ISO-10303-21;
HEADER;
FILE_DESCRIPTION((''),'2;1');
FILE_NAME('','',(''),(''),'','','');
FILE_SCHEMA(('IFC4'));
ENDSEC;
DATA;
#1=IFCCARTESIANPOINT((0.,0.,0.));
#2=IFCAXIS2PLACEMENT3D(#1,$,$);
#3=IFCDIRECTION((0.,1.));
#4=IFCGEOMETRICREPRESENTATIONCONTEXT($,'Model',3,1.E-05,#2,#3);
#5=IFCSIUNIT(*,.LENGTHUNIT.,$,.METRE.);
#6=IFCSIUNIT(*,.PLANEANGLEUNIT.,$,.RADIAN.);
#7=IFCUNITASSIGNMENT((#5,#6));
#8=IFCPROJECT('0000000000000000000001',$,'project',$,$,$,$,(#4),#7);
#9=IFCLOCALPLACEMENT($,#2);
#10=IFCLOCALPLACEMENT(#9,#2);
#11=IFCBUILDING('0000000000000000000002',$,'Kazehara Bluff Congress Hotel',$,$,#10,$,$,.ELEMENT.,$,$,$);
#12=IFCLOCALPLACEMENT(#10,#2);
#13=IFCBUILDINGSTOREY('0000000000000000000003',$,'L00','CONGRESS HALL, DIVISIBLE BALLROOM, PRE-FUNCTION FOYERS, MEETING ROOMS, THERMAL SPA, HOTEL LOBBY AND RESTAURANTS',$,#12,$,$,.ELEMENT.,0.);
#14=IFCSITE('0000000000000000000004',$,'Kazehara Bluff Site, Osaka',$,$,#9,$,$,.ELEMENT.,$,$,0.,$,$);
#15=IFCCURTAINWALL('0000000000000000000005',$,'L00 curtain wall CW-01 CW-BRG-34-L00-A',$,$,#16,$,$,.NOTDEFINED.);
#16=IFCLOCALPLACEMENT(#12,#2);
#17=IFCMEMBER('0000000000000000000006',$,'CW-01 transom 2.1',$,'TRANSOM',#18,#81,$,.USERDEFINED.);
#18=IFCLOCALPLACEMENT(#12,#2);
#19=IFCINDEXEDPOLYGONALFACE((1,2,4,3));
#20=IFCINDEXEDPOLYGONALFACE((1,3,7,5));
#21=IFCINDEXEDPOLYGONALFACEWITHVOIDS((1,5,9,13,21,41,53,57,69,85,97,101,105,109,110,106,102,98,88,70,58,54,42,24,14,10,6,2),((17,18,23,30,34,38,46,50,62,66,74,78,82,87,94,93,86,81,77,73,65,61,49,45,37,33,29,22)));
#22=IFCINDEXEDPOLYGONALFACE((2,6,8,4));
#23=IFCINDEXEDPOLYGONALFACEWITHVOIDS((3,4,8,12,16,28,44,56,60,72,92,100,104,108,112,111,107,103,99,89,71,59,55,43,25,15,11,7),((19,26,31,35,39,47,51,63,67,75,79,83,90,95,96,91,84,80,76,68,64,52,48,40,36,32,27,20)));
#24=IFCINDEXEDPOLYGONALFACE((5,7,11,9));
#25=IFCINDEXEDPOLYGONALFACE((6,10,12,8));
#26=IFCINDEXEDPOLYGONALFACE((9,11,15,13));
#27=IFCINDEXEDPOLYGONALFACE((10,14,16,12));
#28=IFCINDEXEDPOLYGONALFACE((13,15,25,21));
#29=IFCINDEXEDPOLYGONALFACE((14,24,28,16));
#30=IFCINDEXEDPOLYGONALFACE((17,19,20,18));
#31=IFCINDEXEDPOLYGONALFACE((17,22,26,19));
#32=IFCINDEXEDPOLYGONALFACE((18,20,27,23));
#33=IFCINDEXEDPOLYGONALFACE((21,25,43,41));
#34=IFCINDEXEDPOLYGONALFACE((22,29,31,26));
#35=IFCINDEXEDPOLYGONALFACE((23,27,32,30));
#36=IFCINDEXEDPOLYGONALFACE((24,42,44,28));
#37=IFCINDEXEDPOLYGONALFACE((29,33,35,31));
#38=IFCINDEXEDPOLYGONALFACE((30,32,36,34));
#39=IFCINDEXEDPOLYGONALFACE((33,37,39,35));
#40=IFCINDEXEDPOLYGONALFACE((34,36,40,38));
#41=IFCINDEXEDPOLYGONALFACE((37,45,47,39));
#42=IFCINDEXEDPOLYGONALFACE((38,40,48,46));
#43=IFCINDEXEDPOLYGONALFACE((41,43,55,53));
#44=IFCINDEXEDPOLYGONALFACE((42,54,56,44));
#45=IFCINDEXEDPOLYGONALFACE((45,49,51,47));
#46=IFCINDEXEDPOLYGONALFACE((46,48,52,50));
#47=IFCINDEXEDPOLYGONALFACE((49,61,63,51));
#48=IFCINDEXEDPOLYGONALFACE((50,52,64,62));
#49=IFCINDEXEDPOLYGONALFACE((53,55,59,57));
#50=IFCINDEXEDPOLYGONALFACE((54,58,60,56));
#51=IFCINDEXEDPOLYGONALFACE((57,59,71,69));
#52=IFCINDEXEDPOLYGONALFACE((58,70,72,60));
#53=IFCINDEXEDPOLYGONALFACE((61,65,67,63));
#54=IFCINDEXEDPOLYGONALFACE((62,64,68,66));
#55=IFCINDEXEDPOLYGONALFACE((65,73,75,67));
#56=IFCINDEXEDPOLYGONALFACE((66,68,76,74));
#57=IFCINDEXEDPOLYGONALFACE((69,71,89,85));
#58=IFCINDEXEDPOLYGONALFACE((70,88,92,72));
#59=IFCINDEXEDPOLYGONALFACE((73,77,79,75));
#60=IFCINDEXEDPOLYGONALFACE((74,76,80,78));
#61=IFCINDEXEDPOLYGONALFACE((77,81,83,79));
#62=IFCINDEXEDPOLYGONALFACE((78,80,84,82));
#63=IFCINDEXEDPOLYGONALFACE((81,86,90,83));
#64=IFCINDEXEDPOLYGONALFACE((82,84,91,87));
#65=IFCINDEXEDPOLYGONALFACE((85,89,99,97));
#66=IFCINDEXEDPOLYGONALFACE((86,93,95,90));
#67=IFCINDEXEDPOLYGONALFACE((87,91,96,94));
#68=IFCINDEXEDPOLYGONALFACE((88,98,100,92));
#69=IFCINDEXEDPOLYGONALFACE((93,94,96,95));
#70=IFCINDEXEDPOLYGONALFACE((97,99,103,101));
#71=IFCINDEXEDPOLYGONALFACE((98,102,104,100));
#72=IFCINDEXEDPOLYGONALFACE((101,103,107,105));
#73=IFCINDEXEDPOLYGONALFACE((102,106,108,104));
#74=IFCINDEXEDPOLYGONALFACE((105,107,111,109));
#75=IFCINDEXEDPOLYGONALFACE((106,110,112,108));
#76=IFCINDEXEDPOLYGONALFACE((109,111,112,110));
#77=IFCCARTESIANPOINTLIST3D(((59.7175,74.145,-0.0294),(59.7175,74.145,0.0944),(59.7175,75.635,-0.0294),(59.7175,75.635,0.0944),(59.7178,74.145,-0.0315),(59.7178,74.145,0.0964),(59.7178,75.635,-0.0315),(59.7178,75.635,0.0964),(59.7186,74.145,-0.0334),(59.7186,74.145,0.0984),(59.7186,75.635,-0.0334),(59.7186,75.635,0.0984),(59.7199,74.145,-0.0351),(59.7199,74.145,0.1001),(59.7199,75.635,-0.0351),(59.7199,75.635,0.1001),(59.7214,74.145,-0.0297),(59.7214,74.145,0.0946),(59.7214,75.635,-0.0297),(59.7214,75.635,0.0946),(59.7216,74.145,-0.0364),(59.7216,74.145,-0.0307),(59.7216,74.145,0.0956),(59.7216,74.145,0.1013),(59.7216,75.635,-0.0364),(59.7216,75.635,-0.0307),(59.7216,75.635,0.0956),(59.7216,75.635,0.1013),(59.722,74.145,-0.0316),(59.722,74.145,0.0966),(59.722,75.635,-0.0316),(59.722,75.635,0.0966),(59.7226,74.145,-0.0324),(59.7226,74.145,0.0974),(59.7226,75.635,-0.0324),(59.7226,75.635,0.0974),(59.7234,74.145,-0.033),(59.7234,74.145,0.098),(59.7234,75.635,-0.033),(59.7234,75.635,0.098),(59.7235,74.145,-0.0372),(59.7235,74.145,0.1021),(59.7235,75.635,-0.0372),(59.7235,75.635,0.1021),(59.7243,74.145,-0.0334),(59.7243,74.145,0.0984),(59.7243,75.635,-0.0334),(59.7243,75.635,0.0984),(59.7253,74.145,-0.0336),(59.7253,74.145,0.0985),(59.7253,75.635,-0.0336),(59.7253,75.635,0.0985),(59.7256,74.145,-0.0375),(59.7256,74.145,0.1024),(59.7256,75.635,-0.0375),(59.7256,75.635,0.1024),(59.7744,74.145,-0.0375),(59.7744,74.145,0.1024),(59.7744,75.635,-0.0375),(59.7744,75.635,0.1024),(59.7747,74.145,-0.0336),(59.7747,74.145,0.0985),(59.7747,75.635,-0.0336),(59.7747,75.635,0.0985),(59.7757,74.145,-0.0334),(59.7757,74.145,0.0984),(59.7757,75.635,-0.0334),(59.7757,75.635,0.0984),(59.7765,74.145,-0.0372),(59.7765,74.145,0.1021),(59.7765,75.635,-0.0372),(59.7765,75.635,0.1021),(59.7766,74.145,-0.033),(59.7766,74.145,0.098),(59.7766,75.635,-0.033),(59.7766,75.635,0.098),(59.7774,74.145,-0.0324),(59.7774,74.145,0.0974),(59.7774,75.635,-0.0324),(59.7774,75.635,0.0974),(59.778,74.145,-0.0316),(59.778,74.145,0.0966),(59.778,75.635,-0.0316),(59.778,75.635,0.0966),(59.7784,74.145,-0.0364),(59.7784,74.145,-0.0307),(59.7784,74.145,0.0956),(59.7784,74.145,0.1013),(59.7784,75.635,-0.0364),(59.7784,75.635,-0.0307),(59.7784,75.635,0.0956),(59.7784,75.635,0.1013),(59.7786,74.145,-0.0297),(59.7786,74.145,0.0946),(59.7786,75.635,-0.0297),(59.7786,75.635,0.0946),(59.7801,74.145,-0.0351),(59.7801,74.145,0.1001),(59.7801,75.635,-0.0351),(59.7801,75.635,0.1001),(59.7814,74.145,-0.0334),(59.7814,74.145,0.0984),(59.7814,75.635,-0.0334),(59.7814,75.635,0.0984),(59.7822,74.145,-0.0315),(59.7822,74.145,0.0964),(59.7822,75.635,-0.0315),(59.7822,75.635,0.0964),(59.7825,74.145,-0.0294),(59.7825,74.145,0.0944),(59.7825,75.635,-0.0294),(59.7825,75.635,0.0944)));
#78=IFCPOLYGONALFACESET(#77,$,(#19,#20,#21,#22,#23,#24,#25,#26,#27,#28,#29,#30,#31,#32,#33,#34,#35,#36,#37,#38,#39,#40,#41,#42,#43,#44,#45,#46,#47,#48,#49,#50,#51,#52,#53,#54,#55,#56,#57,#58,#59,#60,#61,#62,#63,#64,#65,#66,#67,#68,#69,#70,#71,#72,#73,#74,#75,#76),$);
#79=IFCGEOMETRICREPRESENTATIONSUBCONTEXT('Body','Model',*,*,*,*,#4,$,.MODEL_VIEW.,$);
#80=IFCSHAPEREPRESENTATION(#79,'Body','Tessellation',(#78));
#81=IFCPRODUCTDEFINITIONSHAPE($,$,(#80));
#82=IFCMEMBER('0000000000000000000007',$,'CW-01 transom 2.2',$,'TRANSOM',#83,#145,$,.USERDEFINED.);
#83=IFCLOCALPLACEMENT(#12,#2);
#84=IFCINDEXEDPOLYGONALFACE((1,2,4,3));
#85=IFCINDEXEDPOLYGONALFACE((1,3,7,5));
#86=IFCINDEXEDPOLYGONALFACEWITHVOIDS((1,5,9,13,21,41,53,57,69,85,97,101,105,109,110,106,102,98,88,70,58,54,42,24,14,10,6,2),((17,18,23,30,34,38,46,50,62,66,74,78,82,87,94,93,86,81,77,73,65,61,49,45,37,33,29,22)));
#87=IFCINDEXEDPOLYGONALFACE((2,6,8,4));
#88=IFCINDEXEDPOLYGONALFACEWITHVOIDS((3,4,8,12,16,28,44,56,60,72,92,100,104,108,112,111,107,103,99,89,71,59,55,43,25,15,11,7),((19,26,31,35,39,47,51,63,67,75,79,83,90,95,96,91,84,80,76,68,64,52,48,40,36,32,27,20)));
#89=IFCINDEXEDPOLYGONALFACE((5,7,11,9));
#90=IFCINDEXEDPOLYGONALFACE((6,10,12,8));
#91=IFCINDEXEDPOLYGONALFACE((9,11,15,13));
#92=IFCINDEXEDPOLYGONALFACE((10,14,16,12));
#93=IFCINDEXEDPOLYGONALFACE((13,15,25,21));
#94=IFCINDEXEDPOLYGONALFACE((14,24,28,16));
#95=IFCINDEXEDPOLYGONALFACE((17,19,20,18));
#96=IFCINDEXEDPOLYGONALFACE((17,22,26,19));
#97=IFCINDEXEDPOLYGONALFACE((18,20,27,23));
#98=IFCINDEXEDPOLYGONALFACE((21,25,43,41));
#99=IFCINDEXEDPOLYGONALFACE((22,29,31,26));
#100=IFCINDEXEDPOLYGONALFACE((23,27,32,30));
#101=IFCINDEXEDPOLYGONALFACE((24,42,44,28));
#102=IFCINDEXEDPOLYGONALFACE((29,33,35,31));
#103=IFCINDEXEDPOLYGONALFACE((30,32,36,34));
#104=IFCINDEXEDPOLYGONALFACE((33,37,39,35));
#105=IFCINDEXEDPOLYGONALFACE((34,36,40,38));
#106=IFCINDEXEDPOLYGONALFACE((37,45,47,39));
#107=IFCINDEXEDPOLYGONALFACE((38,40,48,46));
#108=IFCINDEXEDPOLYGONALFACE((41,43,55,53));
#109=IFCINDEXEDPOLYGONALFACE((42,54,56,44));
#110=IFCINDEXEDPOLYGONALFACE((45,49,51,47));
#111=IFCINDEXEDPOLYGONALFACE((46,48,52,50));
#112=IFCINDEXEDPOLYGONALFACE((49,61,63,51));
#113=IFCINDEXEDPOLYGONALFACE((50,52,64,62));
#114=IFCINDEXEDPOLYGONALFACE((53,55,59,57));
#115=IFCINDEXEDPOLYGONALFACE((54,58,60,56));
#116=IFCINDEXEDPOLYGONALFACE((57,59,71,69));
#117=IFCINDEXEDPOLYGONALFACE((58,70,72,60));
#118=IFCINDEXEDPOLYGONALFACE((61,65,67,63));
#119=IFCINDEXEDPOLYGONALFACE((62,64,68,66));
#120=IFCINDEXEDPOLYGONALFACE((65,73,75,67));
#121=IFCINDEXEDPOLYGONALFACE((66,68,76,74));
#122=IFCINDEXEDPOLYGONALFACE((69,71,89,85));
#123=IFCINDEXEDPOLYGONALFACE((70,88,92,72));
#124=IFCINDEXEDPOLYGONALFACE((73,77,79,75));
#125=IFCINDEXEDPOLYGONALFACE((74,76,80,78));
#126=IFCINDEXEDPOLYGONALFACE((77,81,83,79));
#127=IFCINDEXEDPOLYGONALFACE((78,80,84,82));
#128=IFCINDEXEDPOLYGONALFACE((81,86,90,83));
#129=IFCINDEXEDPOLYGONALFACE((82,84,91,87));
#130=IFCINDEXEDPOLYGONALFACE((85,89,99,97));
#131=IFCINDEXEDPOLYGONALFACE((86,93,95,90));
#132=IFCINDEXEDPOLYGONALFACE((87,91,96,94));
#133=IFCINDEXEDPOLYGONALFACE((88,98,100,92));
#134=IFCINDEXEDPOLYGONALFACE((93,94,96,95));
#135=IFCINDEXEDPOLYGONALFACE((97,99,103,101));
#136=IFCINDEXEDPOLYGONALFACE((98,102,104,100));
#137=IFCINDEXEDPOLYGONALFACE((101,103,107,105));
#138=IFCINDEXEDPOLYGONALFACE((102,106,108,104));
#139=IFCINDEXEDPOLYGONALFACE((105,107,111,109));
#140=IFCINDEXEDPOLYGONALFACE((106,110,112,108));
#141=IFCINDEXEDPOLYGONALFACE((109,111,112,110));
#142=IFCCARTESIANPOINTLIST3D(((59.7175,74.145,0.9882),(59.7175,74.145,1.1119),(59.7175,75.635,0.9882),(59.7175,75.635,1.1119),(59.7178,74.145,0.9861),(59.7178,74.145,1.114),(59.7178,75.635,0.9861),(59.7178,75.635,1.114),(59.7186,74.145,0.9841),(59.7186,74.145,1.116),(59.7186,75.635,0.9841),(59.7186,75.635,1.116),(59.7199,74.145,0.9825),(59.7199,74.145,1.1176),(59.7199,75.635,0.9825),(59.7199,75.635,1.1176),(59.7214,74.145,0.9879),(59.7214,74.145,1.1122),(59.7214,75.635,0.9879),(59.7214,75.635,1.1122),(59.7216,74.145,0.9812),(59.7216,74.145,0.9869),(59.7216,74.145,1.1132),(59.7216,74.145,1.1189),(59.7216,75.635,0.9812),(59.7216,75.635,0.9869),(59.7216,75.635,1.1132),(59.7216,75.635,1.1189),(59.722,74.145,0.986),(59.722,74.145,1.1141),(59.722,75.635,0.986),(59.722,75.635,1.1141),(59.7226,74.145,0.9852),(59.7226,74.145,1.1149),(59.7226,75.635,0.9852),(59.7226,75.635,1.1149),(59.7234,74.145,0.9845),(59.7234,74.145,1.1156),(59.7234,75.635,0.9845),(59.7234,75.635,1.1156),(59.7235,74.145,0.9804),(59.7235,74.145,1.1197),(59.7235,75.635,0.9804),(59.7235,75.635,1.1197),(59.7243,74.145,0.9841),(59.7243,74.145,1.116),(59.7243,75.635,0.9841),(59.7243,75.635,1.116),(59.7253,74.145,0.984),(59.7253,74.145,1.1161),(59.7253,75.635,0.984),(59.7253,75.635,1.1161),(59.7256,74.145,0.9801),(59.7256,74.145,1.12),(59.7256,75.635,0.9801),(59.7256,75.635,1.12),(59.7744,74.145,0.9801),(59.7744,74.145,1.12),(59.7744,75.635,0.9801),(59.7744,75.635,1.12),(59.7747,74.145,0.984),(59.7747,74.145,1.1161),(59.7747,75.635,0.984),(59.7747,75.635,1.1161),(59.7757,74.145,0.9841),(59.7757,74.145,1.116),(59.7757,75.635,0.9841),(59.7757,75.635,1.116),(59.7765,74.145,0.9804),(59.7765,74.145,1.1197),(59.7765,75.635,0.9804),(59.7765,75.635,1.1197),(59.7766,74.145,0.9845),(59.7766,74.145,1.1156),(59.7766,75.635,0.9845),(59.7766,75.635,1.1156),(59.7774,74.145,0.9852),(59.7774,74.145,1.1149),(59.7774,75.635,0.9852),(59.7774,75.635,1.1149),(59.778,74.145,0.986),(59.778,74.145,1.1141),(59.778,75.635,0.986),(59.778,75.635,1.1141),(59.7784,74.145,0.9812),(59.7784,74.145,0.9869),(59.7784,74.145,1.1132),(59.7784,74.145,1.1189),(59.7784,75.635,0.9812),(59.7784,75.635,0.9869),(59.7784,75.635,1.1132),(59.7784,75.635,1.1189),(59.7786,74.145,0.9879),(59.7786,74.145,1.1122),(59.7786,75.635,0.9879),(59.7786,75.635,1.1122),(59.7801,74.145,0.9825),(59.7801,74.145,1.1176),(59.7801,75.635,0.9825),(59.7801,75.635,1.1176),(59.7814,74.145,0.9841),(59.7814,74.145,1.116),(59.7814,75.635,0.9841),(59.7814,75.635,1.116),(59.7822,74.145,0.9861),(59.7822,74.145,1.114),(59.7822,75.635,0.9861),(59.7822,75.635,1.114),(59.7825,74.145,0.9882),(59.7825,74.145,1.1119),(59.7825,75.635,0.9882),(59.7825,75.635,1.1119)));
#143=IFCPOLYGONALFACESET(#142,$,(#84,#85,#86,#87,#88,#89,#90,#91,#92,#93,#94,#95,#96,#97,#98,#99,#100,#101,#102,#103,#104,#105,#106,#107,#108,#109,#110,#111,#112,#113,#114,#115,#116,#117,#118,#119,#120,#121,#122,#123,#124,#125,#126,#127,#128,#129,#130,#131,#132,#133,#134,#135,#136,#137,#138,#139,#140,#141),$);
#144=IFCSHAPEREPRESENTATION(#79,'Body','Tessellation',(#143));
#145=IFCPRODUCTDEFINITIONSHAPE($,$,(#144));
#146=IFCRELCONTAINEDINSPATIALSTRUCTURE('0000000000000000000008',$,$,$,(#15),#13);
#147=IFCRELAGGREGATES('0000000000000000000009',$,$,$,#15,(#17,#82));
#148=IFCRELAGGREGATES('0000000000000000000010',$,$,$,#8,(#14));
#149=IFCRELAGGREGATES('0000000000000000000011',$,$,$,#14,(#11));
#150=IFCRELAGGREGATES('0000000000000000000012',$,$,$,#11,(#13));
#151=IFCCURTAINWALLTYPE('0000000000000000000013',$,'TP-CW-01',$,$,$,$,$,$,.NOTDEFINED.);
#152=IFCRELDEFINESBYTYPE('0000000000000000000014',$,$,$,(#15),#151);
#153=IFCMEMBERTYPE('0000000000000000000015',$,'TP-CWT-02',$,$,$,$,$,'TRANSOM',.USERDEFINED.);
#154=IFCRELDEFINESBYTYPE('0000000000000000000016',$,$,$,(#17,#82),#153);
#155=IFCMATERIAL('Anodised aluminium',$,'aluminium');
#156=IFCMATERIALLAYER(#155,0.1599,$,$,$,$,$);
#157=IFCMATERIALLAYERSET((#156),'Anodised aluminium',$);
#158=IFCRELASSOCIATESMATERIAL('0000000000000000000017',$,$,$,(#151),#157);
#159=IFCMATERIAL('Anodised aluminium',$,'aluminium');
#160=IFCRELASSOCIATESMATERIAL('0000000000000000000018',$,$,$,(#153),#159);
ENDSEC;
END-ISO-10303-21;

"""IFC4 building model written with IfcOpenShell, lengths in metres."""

from ifc_helpers import new_model, si_unit, direction, frame, origin, origin_2d, place, context, subcontext, project, spatial, hollow_rectangle, extrude, material, layer, layer_set, material_profile, profile_set, type_object, element, aggregate, save


model = new_model("IFC4")

# Units and contexts
model_context = context("Model", 3, precision=1e-05, world=origin(), true_north=direction((0.0, 1.0)))
body_context = subcontext(model_context, "Body", "Model", "MODEL_VIEW")
ifc_project = project(units=[si_unit("LENGTHUNIT", "METRE"), si_unit("PLANEANGLEUNIT", "RADIAN")], contexts=[model_context])

# Site, building, storey
site_placement = place(None, origin())
site = spatial("IfcSite", under=ifc_project, at=site_placement, Name="Kazehara Bluff Site, Osaka", CompositionType="ELEMENT", RefElevation=0.0)
building_placement = place(site_placement, origin())
building = spatial("IfcBuilding", under=site, at=building_placement, Name="Kazehara Bluff Congress Hotel", CompositionType="ELEMENT")
storey_placement = place(building_placement, origin())
storey = spatial("IfcBuildingStorey", under=building, at=storey_placement, Name="L00", Description="CONGRESS HALL, DIVISIBLE BALLROOM, PRE-FUNCTION FOYERS, MEETING ROOMS, THERMAL SPA, HOTEL LOBBY AND RESTAURANTS", CompositionType="ELEMENT", Elevation=0.0)

# Curtain wall
ifc_material_1 = material(Name="Anodised aluminium", Category="aluminium")
ifc_layer_1 = layer(ifc_material_1, 0.1599)
ifc_layer_set_1 = layer_set([ifc_layer_1], Name="Anodised aluminium")
curtain_wall_type = type_object("IfcCurtainWallType", Name="TP-CW-01", PredefinedType="NOTDEFINED", material=ifc_layer_set_1)
curtain_wall_1_placement = place(storey_placement, origin())
curtain_wall_1 = element("IfcCurtainWall", 1, at=curtain_wall_1_placement, inside=storey, type_object=curtain_wall_type, Name="L00 curtain wall CW-01 CW-BRG-34-L00-A", PredefinedType="NOTDEFINED")

# Members
ifc_material_2 = material(Name="Anodised aluminium", Category="aluminium")
ifc_material_profile_1 = material_profile(ifc_material_2, hollow_rectangle(XDim=0.0649, YDim=0.1399, WallThickness=0.0039, InnerFilletRadius=0.0039, OuterFilletRadius=0.0081, at=origin_2d()))
ifc_profile_set_1 = profile_set([ifc_material_profile_1], Name="Anodised aluminium")
member_type_1 = type_object("IfcMemberType", Name="TP-CWT-02", ElementType="TRANSOM", PredefinedType="USERDEFINED", material=ifc_profile_set_1)
member_1_placement = place(storey_placement, frame((59.75, 74.145, 0.0325), z_axis=(0.0, 1.0, 0.0), x_axis=(-1.0, 0.0, 0.0)))
member_1 = element("IfcMember", 2, at=member_1_placement, type_object=member_type_1, Name="CW-01 transom 2.1", ObjectType="TRANSOM", PredefinedType="USERDEFINED", context=body_context, shape_type="SweptSolid", body=[
    extrude(hollow_rectangle(XDim=0.0649, YDim=0.1399, WallThickness=0.0039, InnerFilletRadius=0.0039, OuterFilletRadius=0.0081, at=origin_2d()), origin(), (0.0, 0.0, 1.0), 1.49),
])
member_2_placement = place(storey_placement, frame((59.75, 74.145, 1.05), z_axis=(0.0, 1.0, 0.0), x_axis=(-1.0, 0.0, 0.0)))
member_2 = element("IfcMember", 3, at=member_2_placement, type_object=member_type_1, Name="CW-01 transom 2.2", ObjectType="TRANSOM", PredefinedType="USERDEFINED", context=body_context, shape_type="SweptSolid", body=[
    extrude(hollow_rectangle(XDim=0.0649, YDim=0.1399, WallThickness=0.0039, InnerFilletRadius=0.0039, OuterFilletRadius=0.0081, at=origin_2d()), origin(), (0.0, 0.0, 1.0), 1.49),
])

aggregate(curtain_wall_1, [member_1, member_2])

save(model, "model.ifc")
